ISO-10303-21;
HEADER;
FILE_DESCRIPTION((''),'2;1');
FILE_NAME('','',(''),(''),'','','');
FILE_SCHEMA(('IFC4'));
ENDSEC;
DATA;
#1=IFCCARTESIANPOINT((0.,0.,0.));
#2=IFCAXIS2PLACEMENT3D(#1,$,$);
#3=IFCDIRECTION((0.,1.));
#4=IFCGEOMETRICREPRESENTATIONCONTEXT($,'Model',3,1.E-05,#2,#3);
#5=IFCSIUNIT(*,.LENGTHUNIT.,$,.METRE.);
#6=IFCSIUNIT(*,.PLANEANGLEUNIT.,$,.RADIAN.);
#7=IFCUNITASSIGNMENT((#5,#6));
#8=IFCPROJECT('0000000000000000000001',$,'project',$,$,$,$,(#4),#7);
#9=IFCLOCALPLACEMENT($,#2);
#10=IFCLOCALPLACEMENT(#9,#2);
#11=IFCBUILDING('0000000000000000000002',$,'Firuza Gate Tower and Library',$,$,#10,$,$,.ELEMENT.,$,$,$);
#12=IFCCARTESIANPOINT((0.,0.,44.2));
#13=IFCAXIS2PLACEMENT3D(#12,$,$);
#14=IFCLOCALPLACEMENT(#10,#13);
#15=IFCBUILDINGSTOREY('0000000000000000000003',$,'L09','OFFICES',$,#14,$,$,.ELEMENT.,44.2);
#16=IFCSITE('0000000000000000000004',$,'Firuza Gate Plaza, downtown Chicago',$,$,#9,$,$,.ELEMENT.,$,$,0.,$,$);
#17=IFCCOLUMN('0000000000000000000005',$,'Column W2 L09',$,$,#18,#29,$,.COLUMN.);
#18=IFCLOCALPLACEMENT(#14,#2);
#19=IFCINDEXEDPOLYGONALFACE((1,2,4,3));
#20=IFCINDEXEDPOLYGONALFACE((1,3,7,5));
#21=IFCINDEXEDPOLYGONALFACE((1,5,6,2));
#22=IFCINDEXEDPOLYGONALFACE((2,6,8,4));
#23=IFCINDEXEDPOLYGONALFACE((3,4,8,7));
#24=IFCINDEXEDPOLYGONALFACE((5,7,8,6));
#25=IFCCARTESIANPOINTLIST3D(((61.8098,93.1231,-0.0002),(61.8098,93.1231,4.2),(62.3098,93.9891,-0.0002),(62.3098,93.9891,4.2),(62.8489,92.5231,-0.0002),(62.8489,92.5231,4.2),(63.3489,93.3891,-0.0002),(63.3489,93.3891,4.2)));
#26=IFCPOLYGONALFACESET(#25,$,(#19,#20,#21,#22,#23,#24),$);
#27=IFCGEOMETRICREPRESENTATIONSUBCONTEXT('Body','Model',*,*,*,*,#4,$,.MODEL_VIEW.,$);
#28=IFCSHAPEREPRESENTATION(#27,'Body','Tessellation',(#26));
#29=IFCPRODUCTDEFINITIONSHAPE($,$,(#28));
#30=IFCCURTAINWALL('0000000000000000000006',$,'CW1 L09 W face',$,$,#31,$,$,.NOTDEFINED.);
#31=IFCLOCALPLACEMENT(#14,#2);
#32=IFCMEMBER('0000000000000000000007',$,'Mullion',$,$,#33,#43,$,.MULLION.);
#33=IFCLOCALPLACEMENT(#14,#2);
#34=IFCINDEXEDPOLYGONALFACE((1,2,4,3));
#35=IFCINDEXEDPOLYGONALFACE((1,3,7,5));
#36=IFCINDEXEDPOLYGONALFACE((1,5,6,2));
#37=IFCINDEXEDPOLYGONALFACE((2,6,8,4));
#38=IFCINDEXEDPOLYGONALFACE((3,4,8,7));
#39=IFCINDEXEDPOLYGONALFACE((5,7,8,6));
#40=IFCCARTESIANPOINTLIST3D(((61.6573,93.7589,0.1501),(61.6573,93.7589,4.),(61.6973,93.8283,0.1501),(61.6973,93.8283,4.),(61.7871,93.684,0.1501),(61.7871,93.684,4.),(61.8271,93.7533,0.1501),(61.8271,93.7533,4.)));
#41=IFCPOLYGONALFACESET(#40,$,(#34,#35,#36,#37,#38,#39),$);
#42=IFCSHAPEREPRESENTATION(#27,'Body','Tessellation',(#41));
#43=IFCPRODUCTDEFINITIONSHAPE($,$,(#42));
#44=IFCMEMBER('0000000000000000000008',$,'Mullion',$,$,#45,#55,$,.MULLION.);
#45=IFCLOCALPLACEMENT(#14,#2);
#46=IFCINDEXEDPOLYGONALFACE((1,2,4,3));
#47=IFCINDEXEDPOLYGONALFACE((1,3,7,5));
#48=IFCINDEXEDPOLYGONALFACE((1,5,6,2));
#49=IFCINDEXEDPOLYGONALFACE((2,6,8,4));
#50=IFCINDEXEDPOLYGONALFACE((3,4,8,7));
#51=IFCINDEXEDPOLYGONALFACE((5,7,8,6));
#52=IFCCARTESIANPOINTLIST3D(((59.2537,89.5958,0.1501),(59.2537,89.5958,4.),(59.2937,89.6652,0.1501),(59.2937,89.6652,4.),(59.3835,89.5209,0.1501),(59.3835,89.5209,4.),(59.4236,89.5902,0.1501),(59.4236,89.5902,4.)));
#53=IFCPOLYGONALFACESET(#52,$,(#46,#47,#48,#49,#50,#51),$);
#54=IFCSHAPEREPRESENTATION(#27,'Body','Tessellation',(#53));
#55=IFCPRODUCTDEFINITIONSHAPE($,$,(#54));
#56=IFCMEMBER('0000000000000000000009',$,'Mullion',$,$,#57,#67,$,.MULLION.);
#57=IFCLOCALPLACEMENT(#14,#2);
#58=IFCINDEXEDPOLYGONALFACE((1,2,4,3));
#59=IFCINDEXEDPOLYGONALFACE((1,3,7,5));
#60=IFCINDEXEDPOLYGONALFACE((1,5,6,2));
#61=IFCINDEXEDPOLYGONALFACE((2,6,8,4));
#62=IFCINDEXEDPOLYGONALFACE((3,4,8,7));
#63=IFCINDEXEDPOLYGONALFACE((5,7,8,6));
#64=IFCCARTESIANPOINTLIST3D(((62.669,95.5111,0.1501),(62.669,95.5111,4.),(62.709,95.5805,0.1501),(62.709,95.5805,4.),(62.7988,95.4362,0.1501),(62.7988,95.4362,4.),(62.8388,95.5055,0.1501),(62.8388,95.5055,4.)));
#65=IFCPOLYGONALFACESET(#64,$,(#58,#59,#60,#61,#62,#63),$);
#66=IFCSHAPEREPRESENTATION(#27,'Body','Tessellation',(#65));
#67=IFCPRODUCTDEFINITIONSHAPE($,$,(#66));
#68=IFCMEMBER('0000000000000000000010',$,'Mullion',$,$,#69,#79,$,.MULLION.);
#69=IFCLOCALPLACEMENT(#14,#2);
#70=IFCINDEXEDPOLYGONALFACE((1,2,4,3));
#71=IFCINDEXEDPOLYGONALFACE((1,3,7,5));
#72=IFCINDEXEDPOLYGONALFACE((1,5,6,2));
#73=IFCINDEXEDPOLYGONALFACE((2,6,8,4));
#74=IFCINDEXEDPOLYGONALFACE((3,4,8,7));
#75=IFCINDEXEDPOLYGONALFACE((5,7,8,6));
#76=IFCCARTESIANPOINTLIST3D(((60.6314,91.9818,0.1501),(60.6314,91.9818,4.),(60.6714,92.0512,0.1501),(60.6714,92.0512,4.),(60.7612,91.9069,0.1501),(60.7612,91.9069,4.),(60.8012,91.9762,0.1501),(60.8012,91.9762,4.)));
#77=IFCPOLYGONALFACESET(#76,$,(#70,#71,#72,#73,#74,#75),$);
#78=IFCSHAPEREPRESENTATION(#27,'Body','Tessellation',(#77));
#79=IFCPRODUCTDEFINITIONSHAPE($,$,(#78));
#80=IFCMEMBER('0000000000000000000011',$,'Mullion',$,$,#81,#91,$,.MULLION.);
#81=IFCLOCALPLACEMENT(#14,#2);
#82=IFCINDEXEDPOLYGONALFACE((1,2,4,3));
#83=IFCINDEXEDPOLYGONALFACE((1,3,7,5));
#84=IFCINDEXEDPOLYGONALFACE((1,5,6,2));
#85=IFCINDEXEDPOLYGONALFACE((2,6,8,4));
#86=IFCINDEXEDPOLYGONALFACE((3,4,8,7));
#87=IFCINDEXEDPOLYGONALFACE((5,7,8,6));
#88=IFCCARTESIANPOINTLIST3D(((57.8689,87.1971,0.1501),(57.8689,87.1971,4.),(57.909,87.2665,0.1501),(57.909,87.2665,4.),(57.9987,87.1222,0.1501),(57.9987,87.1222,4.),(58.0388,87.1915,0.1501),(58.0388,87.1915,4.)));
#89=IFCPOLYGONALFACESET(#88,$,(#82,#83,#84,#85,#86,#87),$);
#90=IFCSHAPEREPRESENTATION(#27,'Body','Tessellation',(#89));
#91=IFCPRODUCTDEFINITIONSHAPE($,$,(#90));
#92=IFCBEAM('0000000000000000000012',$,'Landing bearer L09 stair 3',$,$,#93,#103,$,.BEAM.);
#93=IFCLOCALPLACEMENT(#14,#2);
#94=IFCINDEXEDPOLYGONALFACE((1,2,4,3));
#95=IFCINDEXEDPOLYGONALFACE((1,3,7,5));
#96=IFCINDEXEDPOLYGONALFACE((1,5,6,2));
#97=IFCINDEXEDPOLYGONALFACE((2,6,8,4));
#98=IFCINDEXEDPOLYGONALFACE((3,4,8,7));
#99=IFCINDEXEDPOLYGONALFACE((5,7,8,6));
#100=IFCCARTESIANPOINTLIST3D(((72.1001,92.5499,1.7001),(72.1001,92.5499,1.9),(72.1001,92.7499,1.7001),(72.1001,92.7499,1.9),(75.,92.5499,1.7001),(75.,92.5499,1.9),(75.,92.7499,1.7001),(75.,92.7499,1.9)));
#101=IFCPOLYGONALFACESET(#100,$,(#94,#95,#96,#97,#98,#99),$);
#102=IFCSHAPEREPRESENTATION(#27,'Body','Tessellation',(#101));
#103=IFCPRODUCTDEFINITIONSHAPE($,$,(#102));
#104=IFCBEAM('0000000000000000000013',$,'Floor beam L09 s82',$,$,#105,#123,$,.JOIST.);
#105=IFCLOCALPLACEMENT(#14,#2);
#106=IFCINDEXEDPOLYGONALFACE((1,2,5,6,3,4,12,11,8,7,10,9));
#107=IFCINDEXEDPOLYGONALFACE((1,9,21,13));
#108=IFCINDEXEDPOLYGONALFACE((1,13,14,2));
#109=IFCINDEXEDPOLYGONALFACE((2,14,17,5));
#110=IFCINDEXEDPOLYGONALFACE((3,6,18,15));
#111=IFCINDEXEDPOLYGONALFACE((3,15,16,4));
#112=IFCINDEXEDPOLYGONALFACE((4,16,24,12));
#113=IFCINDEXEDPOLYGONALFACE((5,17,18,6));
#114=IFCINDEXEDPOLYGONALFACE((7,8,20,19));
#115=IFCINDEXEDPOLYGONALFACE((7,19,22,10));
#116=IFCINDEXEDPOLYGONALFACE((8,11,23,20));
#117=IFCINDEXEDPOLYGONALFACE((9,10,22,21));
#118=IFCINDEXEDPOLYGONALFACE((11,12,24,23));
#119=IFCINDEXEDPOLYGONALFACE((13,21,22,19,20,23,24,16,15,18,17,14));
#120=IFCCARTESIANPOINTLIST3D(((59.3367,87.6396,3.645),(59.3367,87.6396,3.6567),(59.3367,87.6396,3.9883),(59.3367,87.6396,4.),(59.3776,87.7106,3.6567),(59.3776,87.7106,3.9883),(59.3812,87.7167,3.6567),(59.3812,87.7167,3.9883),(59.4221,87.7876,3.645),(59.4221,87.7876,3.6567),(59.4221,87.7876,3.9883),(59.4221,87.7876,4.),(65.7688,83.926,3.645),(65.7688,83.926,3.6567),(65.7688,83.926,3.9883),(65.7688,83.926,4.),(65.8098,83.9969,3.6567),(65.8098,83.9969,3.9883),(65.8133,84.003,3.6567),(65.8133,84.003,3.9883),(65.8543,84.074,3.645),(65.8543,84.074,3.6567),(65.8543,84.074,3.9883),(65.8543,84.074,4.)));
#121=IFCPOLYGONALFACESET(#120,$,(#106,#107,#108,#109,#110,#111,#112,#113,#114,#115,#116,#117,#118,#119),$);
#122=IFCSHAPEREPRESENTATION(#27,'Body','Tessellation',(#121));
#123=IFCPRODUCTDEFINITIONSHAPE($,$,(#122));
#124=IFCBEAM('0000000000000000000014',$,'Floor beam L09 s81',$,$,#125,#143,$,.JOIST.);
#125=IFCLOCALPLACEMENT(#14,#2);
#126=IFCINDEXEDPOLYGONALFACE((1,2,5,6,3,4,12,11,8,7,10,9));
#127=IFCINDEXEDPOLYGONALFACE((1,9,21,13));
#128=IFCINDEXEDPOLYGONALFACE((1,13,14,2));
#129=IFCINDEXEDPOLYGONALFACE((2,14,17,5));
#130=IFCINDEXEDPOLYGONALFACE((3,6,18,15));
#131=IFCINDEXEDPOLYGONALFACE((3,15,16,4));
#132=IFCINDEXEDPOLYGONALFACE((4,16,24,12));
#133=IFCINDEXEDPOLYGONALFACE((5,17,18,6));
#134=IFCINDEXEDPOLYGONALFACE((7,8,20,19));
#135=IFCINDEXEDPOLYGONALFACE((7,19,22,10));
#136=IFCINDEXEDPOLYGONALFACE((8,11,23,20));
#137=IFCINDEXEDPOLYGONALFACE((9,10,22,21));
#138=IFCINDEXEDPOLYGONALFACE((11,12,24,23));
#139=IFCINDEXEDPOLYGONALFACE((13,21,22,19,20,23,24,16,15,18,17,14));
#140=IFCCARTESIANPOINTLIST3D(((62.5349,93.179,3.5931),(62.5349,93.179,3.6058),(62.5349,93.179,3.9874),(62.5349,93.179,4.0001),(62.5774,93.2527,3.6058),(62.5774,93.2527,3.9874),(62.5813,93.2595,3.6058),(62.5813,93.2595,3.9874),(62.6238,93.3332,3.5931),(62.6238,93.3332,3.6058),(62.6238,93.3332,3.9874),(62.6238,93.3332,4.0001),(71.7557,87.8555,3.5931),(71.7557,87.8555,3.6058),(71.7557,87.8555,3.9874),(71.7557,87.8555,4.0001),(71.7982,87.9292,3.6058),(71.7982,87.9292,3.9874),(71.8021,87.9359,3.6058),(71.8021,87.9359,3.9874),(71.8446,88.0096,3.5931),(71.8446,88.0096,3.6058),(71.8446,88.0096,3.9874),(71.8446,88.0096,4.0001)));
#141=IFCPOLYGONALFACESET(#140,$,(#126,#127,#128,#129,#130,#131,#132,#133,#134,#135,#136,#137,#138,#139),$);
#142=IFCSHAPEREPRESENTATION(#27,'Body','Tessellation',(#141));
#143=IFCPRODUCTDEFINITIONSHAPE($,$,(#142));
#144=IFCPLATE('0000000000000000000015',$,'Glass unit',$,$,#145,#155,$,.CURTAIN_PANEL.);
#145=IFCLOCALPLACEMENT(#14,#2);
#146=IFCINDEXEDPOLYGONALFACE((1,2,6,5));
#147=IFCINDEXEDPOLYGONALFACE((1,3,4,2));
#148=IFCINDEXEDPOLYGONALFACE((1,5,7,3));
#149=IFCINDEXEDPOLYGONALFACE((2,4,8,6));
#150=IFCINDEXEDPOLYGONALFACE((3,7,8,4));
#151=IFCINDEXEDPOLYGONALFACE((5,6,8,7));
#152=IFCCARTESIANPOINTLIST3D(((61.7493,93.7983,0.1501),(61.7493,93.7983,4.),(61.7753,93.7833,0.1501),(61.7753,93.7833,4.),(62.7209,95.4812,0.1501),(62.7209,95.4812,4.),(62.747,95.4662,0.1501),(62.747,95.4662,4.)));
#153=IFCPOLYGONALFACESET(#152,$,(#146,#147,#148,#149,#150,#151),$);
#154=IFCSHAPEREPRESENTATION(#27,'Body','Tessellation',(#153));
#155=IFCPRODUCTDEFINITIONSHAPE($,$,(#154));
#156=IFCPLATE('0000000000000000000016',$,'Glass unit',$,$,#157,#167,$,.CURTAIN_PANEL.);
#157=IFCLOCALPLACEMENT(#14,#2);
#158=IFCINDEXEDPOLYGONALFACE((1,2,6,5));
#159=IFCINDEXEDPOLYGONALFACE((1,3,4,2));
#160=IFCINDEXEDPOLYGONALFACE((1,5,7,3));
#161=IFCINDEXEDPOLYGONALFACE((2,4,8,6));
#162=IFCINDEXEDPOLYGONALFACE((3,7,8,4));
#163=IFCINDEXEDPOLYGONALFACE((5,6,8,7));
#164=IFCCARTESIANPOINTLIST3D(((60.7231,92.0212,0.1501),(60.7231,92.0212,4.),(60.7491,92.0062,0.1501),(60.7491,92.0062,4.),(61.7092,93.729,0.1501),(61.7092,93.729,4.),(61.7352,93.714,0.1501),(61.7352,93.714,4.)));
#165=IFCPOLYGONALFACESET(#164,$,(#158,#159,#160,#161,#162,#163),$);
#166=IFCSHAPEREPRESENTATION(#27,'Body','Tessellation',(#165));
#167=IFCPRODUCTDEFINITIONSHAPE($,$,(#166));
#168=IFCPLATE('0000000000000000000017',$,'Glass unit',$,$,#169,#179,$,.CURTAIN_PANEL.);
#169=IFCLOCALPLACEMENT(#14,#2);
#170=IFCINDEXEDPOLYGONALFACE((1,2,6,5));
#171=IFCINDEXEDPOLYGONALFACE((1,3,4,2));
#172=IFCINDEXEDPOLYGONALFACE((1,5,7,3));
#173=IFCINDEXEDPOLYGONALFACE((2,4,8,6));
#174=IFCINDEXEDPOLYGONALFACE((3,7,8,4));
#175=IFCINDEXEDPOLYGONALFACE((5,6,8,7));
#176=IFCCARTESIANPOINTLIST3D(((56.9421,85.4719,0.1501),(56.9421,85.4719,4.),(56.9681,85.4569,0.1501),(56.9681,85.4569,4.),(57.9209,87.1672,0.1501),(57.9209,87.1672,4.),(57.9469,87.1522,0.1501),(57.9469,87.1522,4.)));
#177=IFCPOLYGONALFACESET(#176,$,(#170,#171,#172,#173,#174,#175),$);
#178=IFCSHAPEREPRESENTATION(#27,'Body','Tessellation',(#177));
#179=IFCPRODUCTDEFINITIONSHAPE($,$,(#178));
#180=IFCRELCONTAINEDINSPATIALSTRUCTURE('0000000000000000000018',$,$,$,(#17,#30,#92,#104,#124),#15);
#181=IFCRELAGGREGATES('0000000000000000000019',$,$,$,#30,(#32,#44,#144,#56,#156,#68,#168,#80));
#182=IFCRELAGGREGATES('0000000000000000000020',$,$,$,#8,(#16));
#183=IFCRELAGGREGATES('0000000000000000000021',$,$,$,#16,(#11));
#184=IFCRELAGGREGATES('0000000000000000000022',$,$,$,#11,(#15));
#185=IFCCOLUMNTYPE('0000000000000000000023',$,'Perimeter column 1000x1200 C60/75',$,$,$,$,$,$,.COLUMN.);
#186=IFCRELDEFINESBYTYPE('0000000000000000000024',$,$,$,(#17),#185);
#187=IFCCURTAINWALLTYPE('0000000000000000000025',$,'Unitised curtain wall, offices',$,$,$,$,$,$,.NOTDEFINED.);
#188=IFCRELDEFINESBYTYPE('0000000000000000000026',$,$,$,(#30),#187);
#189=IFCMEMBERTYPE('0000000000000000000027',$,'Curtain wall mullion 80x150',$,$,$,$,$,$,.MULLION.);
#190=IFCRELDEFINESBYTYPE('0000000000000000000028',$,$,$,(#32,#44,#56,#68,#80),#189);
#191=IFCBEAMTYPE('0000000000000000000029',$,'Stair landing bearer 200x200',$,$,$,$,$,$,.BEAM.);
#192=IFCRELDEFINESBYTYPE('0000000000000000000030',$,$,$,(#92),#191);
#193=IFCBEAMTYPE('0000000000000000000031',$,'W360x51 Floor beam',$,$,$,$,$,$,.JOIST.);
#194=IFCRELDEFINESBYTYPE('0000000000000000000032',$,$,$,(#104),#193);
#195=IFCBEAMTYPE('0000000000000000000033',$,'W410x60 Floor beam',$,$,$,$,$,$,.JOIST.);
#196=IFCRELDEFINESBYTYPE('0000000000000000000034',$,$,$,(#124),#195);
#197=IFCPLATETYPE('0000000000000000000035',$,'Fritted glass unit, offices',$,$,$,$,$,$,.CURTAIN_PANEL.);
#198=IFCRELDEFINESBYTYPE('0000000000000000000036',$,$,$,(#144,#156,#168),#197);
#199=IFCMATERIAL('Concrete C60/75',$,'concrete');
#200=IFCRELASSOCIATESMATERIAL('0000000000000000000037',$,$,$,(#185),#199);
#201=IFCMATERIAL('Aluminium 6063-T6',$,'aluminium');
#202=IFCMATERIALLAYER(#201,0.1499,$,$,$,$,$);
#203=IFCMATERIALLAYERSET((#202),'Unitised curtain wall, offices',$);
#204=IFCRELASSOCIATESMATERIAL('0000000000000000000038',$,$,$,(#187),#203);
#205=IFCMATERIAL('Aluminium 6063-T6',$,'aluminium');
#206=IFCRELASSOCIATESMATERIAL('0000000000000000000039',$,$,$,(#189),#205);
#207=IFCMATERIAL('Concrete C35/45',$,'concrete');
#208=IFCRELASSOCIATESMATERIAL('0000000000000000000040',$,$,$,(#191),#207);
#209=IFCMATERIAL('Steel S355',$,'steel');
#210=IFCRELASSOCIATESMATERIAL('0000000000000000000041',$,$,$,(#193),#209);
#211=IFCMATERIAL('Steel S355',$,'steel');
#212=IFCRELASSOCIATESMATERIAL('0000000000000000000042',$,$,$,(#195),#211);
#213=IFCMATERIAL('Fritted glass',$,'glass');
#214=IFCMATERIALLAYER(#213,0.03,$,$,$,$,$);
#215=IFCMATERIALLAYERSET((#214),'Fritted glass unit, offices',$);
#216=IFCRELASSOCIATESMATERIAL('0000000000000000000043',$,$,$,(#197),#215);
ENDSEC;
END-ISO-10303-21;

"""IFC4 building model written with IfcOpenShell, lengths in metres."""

from ifc_helpers import new_model, si_unit, direction, frame, origin, origin_2d, place, context, subcontext, project, spatial, polyline, rectangle, i_section, outline, extrude, material, layer, layer_set, material_profile, profile_set, type_object, element, aggregate, save


model = new_model("IFC4")

# Units and contexts
model_context = context("Model", 3, precision=1e-05, world=origin(), true_north=direction((0.0, 1.0)))
body_context = subcontext(model_context, "Body", "Model", "MODEL_VIEW")
ifc_project = project(units=[si_unit("LENGTHUNIT", "METRE"), si_unit("PLANEANGLEUNIT", "RADIAN")], contexts=[model_context])

# Site, building, storey
site_placement = place(None, origin())
site = spatial("IfcSite", under=ifc_project, at=site_placement, Name="Firuza Gate Plaza, downtown Chicago", CompositionType="ELEMENT", RefElevation=0.0)
building_placement = place(site_placement, origin())
building = spatial("IfcBuilding", under=site, at=building_placement, Name="Firuza Gate Tower and Library", CompositionType="ELEMENT")
storey_placement = place(building_placement, frame((0.0, 0.0, 44.2)))
storey = spatial("IfcBuildingStorey", under=building, at=storey_placement, Name="L09", Description="OFFICES", CompositionType="ELEMENT", Elevation=44.2)

# Column
ifc_material_1 = material(Name="Concrete C60/75", Category="concrete")
ifc_material_profile_1 = material_profile(ifc_material_1, rectangle(XDim=1.0, YDim=1.2, at=origin_2d()))
ifc_profile_set_1 = profile_set([ifc_material_profile_1], Name="Concrete C60/75")
column_type = type_object("IfcColumnType", Name="Perimeter column 1000x1200 C60/75", PredefinedType="COLUMN", material=ifc_profile_set_1)
column_placement = place(storey_placement, frame((62.5793, 93.2561, -0.0002), z_axis=(0.0, 0.0, 1.0), x_axis=(-0.5, -0.866025, 0.0)))
element("IfcColumn", 1, at=column_placement, inside=storey, type_object=column_type, Name="Column W2 L09", PredefinedType="COLUMN", context=body_context, shape_type="SweptSolid", body=[
    extrude(rectangle(XDim=1.0, YDim=1.2, at=origin_2d()), origin(), (0.0, 0.0, 1.0), 4.2002),
])

# Curtain wall, members
ifc_material_2 = material(Name="Aluminium 6063-T6", Category="aluminium")
ifc_layer_1 = layer(ifc_material_2, 0.1499)
ifc_layer_set_1 = layer_set([ifc_layer_1], Name="Unitised curtain wall, offices")
curtain_wall_type = type_object("IfcCurtainWallType", Name="Unitised curtain wall, offices", PredefinedType="NOTDEFINED", material=ifc_layer_set_1)
placement = place(storey_placement, origin())
curtain_wall = element("IfcCurtainWall", 2, at=placement, inside=storey, type_object=curtain_wall_type, Name="CW1 L09 W face", PredefinedType="NOTDEFINED")
ifc_material_3 = material(Name="Aluminium 6063-T6", Category="aluminium")
ifc_material_profile_2 = material_profile(ifc_material_3, rectangle(XDim=0.1499, YDim=0.0801, at=origin_2d()))
ifc_profile_set_2 = profile_set([ifc_material_profile_2], Name="Aluminium 6063-T6")
member_type = type_object("IfcMemberType", Name="Curtain wall mullion 80x150", PredefinedType="MULLION", material=ifc_profile_set_2)
member_1_placement = place(storey_placement, frame((61.7422, 93.7561, 0.1501), z_axis=(0.0, 0.0, 1.0), x_axis=(0.866025, -0.5, 0.0)))
member_1 = element("IfcMember", 3, at=member_1_placement, type_object=member_type, Name="Mullion", PredefinedType="MULLION", context=body_context, shape_type="SweptSolid", body=[
    extrude(rectangle(XDim=0.1499, YDim=0.0801, at=origin_2d()), origin(), (0.0, 0.0, 1.0), 3.8499),
])
member_2_placement = place(storey_placement, frame((59.3386, 89.593, 0.1501), z_axis=(0.0, 0.0, 1.0), x_axis=(0.866025, -0.5, 0.0)))
member_2 = element("IfcMember", 4, at=member_2_placement, type_object=member_type, Name="Mullion", PredefinedType="MULLION", context=body_context, shape_type="SweptSolid", body=[
    extrude(rectangle(XDim=0.1499, YDim=0.0801, at=origin_2d()), origin(), (0.0, 0.0, 1.0), 3.8499),
])
member_3_placement = place(storey_placement, frame((62.7539, 95.5083, 0.1501), z_axis=(0.0, 0.0, 1.0), x_axis=(0.866025, -0.5, 0.0)))
member_3 = element("IfcMember", 5, at=member_3_placement, type_object=member_type, Name="Mullion", PredefinedType="MULLION", context=body_context, shape_type="SweptSolid", body=[
    extrude(rectangle(XDim=0.1499, YDim=0.0801, at=origin_2d()), origin(), (0.0, 0.0, 1.0), 3.8499),
])
member_4_placement = place(storey_placement, frame((60.7163, 91.979, 0.1501), z_axis=(0.0, 0.0, 1.0), x_axis=(0.866025, -0.5, 0.0)))
member_4 = element("IfcMember", 6, at=member_4_placement, type_object=member_type, Name="Mullion", PredefinedType="MULLION", context=body_context, shape_type="SweptSolid", body=[
    extrude(rectangle(XDim=0.1499, YDim=0.0801, at=origin_2d()), origin(), (0.0, 0.0, 1.0), 3.8499),
])
member_5_placement = place(storey_placement, frame((57.9539, 87.1943, 0.1501), z_axis=(0.0, 0.0, 1.0), x_axis=(0.866025, -0.5, 0.0)))
member_5 = element("IfcMember", 7, at=member_5_placement, type_object=member_type, Name="Mullion", PredefinedType="MULLION", context=body_context, shape_type="SweptSolid", body=[
    extrude(rectangle(XDim=0.1499, YDim=0.0801, at=origin_2d()), origin(), (0.0, 0.0, 1.0), 3.8499),
])

# Beams
ifc_material_4 = material(Name="Concrete C35/45", Category="concrete")
ifc_material_profile_3 = material_profile(ifc_material_4, rectangle(XDim=0.2, YDim=0.2, at=origin_2d()))
ifc_profile_set_3 = profile_set([ifc_material_profile_3], Name="Concrete C35/45")
beam_type_1 = type_object("IfcBeamType", Name="Stair landing bearer 200x200", PredefinedType="BEAM", material=ifc_profile_set_3)
beam_1_placement = place(storey_placement, frame((75.0, 92.6499, 1.8), z_axis=(-1.0, 0.0, 0.0), x_axis=(0.0, -1.0, 0.0)))
element("IfcBeam", 8, at=beam_1_placement, inside=storey, type_object=beam_type_1, Name="Landing bearer L09 stair 3", PredefinedType="BEAM", context=body_context, shape_type="SweptSolid", body=[
    extrude(rectangle(XDim=0.2, YDim=0.2, at=origin_2d()), origin(), (0.0, 0.0, 1.0), 2.8999),
])
ifc_material_5 = material(Name="Steel S355", Category="steel")
ifc_material_profile_4 = material_profile(ifc_material_5, i_section(OverallWidth=0.1709, OverallDepth=0.355, WebThickness=0.0071, FlangeThickness=0.0117, at=origin_2d()))
ifc_profile_set_4 = profile_set([ifc_material_profile_4], Name="Steel S355")
beam_type_2 = type_object("IfcBeamType", Name="W360x51 Floor beam", PredefinedType="JOIST", material=ifc_profile_set_4)
beam_2_placement = place(storey_placement, frame((59.3794, 87.7136, 3.8225), z_axis=(0.866024, -0.500003, 0.0), x_axis=(0.500003, 0.866024, 0.0)))
element("IfcBeam", 9, at=beam_2_placement, inside=storey, type_object=beam_type_2, Name="Floor beam L09 s82", PredefinedType="JOIST", context=body_context, shape_type="SweptSolid", body=[
    extrude(i_section(OverallWidth=0.1709, OverallDepth=0.355, WebThickness=0.0071, FlangeThickness=0.0117, at=origin_2d()), origin(), (0.0, 0.0, 1.0), 7.4272),
])
ifc_material_6 = material(Name="Steel S355", Category="steel")
ifc_material_profile_5 = material_profile(ifc_material_6, i_section(OverallWidth=0.178, OverallDepth=0.407, WebThickness=0.0078, FlangeThickness=0.0127, at=origin_2d()))
ifc_profile_set_5 = profile_set([ifc_material_profile_5], Name="Steel S355")
beam_type_3 = type_object("IfcBeamType", Name="W410x60 Floor beam", PredefinedType="JOIST", material=ifc_profile_set_5)
beam_3_placement = place(storey_placement, frame((62.5793, 93.2561, 3.7966), z_axis=(0.866029, -0.499994, 0.0), x_axis=(0.499994, 0.866029, 0.0)))
element("IfcBeam", 10, at=beam_3_placement, inside=storey, type_object=beam_type_3, Name="Floor beam L09 s81", PredefinedType="JOIST", context=body_context, shape_type="SweptSolid", body=[
    extrude(i_section(OverallWidth=0.178, OverallDepth=0.407, WebThickness=0.0078, FlangeThickness=0.0127, at=origin_2d()), origin(), (0.0, 0.0, 1.0), 10.6472),
])

# Plates
ifc_material_7 = material(Name="Fritted glass", Category="glass")
ifc_layer_2 = layer(ifc_material_7, 0.03)
ifc_layer_set_2 = layer_set([ifc_layer_2], Name="Fritted glass unit, offices")
plate_type_1 = type_object("IfcPlateType", Name="Fritted glass unit, offices", PredefinedType="CURTAIN_PANEL", material=ifc_layer_set_2)
plate_1_placement = place(storey_placement, frame((62.7209, 95.4812, 0.1501), z_axis=(-0.866008, 0.500031, 0.0), x_axis=(-0.500031, -0.866008, 0.0)))
plate_1 = element("IfcPlate", 11, at=plate_1_placement, type_object=plate_type_1, Name="Glass unit", PredefinedType="CURTAIN_PANEL", context=body_context, shape_type="SweptSolid", body=[
    extrude(outline(polyline([(0.0, 0.0), (1.9432, 0.0), (1.9432, 3.8499), (0.0, 3.8499), (0.0, 0.0)])), origin(), (0.0, 0.0, -1.0), 0.03),
])
plate_2_placement = place(storey_placement, frame((61.7092, 93.729, 0.1501), z_axis=(-0.866002, 0.50004, 0.0), x_axis=(-0.50004, -0.866002, 0.0)))
plate_2 = element("IfcPlate", 12, at=plate_2_placement, type_object=plate_type_1, Name="Glass unit", PredefinedType="CURTAIN_PANEL", context=body_context, shape_type="SweptSolid", body=[
    extrude(outline(polyline([(0.0, 0.0), (1.972, 0.0), (1.972, 3.8499), (0.0, 3.8499), (0.0, 0.0)])), origin(), (0.0, 0.0, -1.0), 0.03),
])
plate_3_placement = place(storey_placement, frame((57.9209, 87.1672, 0.1501), z_axis=(-0.866032, 0.499989, 0.0), x_axis=(-0.499989, -0.866032, 0.0)))
plate_3 = element("IfcPlate", 13, at=plate_3_placement, type_object=plate_type_1, Name="Glass unit", PredefinedType="CURTAIN_PANEL", context=body_context, shape_type="SweptSolid", body=[
    extrude(outline(polyline([(0.0, 0.0), (1.9576, 0.0), (1.9576, 3.8499), (0.0, 3.8499), (0.0, 0.0)])), origin(), (0.0, 0.0, -1.0), 0.03),
])
aggregate(curtain_wall, [member_1, member_2, plate_1, member_3, plate_2, member_4, plate_3, member_5])

save(model, "model.ifc")
